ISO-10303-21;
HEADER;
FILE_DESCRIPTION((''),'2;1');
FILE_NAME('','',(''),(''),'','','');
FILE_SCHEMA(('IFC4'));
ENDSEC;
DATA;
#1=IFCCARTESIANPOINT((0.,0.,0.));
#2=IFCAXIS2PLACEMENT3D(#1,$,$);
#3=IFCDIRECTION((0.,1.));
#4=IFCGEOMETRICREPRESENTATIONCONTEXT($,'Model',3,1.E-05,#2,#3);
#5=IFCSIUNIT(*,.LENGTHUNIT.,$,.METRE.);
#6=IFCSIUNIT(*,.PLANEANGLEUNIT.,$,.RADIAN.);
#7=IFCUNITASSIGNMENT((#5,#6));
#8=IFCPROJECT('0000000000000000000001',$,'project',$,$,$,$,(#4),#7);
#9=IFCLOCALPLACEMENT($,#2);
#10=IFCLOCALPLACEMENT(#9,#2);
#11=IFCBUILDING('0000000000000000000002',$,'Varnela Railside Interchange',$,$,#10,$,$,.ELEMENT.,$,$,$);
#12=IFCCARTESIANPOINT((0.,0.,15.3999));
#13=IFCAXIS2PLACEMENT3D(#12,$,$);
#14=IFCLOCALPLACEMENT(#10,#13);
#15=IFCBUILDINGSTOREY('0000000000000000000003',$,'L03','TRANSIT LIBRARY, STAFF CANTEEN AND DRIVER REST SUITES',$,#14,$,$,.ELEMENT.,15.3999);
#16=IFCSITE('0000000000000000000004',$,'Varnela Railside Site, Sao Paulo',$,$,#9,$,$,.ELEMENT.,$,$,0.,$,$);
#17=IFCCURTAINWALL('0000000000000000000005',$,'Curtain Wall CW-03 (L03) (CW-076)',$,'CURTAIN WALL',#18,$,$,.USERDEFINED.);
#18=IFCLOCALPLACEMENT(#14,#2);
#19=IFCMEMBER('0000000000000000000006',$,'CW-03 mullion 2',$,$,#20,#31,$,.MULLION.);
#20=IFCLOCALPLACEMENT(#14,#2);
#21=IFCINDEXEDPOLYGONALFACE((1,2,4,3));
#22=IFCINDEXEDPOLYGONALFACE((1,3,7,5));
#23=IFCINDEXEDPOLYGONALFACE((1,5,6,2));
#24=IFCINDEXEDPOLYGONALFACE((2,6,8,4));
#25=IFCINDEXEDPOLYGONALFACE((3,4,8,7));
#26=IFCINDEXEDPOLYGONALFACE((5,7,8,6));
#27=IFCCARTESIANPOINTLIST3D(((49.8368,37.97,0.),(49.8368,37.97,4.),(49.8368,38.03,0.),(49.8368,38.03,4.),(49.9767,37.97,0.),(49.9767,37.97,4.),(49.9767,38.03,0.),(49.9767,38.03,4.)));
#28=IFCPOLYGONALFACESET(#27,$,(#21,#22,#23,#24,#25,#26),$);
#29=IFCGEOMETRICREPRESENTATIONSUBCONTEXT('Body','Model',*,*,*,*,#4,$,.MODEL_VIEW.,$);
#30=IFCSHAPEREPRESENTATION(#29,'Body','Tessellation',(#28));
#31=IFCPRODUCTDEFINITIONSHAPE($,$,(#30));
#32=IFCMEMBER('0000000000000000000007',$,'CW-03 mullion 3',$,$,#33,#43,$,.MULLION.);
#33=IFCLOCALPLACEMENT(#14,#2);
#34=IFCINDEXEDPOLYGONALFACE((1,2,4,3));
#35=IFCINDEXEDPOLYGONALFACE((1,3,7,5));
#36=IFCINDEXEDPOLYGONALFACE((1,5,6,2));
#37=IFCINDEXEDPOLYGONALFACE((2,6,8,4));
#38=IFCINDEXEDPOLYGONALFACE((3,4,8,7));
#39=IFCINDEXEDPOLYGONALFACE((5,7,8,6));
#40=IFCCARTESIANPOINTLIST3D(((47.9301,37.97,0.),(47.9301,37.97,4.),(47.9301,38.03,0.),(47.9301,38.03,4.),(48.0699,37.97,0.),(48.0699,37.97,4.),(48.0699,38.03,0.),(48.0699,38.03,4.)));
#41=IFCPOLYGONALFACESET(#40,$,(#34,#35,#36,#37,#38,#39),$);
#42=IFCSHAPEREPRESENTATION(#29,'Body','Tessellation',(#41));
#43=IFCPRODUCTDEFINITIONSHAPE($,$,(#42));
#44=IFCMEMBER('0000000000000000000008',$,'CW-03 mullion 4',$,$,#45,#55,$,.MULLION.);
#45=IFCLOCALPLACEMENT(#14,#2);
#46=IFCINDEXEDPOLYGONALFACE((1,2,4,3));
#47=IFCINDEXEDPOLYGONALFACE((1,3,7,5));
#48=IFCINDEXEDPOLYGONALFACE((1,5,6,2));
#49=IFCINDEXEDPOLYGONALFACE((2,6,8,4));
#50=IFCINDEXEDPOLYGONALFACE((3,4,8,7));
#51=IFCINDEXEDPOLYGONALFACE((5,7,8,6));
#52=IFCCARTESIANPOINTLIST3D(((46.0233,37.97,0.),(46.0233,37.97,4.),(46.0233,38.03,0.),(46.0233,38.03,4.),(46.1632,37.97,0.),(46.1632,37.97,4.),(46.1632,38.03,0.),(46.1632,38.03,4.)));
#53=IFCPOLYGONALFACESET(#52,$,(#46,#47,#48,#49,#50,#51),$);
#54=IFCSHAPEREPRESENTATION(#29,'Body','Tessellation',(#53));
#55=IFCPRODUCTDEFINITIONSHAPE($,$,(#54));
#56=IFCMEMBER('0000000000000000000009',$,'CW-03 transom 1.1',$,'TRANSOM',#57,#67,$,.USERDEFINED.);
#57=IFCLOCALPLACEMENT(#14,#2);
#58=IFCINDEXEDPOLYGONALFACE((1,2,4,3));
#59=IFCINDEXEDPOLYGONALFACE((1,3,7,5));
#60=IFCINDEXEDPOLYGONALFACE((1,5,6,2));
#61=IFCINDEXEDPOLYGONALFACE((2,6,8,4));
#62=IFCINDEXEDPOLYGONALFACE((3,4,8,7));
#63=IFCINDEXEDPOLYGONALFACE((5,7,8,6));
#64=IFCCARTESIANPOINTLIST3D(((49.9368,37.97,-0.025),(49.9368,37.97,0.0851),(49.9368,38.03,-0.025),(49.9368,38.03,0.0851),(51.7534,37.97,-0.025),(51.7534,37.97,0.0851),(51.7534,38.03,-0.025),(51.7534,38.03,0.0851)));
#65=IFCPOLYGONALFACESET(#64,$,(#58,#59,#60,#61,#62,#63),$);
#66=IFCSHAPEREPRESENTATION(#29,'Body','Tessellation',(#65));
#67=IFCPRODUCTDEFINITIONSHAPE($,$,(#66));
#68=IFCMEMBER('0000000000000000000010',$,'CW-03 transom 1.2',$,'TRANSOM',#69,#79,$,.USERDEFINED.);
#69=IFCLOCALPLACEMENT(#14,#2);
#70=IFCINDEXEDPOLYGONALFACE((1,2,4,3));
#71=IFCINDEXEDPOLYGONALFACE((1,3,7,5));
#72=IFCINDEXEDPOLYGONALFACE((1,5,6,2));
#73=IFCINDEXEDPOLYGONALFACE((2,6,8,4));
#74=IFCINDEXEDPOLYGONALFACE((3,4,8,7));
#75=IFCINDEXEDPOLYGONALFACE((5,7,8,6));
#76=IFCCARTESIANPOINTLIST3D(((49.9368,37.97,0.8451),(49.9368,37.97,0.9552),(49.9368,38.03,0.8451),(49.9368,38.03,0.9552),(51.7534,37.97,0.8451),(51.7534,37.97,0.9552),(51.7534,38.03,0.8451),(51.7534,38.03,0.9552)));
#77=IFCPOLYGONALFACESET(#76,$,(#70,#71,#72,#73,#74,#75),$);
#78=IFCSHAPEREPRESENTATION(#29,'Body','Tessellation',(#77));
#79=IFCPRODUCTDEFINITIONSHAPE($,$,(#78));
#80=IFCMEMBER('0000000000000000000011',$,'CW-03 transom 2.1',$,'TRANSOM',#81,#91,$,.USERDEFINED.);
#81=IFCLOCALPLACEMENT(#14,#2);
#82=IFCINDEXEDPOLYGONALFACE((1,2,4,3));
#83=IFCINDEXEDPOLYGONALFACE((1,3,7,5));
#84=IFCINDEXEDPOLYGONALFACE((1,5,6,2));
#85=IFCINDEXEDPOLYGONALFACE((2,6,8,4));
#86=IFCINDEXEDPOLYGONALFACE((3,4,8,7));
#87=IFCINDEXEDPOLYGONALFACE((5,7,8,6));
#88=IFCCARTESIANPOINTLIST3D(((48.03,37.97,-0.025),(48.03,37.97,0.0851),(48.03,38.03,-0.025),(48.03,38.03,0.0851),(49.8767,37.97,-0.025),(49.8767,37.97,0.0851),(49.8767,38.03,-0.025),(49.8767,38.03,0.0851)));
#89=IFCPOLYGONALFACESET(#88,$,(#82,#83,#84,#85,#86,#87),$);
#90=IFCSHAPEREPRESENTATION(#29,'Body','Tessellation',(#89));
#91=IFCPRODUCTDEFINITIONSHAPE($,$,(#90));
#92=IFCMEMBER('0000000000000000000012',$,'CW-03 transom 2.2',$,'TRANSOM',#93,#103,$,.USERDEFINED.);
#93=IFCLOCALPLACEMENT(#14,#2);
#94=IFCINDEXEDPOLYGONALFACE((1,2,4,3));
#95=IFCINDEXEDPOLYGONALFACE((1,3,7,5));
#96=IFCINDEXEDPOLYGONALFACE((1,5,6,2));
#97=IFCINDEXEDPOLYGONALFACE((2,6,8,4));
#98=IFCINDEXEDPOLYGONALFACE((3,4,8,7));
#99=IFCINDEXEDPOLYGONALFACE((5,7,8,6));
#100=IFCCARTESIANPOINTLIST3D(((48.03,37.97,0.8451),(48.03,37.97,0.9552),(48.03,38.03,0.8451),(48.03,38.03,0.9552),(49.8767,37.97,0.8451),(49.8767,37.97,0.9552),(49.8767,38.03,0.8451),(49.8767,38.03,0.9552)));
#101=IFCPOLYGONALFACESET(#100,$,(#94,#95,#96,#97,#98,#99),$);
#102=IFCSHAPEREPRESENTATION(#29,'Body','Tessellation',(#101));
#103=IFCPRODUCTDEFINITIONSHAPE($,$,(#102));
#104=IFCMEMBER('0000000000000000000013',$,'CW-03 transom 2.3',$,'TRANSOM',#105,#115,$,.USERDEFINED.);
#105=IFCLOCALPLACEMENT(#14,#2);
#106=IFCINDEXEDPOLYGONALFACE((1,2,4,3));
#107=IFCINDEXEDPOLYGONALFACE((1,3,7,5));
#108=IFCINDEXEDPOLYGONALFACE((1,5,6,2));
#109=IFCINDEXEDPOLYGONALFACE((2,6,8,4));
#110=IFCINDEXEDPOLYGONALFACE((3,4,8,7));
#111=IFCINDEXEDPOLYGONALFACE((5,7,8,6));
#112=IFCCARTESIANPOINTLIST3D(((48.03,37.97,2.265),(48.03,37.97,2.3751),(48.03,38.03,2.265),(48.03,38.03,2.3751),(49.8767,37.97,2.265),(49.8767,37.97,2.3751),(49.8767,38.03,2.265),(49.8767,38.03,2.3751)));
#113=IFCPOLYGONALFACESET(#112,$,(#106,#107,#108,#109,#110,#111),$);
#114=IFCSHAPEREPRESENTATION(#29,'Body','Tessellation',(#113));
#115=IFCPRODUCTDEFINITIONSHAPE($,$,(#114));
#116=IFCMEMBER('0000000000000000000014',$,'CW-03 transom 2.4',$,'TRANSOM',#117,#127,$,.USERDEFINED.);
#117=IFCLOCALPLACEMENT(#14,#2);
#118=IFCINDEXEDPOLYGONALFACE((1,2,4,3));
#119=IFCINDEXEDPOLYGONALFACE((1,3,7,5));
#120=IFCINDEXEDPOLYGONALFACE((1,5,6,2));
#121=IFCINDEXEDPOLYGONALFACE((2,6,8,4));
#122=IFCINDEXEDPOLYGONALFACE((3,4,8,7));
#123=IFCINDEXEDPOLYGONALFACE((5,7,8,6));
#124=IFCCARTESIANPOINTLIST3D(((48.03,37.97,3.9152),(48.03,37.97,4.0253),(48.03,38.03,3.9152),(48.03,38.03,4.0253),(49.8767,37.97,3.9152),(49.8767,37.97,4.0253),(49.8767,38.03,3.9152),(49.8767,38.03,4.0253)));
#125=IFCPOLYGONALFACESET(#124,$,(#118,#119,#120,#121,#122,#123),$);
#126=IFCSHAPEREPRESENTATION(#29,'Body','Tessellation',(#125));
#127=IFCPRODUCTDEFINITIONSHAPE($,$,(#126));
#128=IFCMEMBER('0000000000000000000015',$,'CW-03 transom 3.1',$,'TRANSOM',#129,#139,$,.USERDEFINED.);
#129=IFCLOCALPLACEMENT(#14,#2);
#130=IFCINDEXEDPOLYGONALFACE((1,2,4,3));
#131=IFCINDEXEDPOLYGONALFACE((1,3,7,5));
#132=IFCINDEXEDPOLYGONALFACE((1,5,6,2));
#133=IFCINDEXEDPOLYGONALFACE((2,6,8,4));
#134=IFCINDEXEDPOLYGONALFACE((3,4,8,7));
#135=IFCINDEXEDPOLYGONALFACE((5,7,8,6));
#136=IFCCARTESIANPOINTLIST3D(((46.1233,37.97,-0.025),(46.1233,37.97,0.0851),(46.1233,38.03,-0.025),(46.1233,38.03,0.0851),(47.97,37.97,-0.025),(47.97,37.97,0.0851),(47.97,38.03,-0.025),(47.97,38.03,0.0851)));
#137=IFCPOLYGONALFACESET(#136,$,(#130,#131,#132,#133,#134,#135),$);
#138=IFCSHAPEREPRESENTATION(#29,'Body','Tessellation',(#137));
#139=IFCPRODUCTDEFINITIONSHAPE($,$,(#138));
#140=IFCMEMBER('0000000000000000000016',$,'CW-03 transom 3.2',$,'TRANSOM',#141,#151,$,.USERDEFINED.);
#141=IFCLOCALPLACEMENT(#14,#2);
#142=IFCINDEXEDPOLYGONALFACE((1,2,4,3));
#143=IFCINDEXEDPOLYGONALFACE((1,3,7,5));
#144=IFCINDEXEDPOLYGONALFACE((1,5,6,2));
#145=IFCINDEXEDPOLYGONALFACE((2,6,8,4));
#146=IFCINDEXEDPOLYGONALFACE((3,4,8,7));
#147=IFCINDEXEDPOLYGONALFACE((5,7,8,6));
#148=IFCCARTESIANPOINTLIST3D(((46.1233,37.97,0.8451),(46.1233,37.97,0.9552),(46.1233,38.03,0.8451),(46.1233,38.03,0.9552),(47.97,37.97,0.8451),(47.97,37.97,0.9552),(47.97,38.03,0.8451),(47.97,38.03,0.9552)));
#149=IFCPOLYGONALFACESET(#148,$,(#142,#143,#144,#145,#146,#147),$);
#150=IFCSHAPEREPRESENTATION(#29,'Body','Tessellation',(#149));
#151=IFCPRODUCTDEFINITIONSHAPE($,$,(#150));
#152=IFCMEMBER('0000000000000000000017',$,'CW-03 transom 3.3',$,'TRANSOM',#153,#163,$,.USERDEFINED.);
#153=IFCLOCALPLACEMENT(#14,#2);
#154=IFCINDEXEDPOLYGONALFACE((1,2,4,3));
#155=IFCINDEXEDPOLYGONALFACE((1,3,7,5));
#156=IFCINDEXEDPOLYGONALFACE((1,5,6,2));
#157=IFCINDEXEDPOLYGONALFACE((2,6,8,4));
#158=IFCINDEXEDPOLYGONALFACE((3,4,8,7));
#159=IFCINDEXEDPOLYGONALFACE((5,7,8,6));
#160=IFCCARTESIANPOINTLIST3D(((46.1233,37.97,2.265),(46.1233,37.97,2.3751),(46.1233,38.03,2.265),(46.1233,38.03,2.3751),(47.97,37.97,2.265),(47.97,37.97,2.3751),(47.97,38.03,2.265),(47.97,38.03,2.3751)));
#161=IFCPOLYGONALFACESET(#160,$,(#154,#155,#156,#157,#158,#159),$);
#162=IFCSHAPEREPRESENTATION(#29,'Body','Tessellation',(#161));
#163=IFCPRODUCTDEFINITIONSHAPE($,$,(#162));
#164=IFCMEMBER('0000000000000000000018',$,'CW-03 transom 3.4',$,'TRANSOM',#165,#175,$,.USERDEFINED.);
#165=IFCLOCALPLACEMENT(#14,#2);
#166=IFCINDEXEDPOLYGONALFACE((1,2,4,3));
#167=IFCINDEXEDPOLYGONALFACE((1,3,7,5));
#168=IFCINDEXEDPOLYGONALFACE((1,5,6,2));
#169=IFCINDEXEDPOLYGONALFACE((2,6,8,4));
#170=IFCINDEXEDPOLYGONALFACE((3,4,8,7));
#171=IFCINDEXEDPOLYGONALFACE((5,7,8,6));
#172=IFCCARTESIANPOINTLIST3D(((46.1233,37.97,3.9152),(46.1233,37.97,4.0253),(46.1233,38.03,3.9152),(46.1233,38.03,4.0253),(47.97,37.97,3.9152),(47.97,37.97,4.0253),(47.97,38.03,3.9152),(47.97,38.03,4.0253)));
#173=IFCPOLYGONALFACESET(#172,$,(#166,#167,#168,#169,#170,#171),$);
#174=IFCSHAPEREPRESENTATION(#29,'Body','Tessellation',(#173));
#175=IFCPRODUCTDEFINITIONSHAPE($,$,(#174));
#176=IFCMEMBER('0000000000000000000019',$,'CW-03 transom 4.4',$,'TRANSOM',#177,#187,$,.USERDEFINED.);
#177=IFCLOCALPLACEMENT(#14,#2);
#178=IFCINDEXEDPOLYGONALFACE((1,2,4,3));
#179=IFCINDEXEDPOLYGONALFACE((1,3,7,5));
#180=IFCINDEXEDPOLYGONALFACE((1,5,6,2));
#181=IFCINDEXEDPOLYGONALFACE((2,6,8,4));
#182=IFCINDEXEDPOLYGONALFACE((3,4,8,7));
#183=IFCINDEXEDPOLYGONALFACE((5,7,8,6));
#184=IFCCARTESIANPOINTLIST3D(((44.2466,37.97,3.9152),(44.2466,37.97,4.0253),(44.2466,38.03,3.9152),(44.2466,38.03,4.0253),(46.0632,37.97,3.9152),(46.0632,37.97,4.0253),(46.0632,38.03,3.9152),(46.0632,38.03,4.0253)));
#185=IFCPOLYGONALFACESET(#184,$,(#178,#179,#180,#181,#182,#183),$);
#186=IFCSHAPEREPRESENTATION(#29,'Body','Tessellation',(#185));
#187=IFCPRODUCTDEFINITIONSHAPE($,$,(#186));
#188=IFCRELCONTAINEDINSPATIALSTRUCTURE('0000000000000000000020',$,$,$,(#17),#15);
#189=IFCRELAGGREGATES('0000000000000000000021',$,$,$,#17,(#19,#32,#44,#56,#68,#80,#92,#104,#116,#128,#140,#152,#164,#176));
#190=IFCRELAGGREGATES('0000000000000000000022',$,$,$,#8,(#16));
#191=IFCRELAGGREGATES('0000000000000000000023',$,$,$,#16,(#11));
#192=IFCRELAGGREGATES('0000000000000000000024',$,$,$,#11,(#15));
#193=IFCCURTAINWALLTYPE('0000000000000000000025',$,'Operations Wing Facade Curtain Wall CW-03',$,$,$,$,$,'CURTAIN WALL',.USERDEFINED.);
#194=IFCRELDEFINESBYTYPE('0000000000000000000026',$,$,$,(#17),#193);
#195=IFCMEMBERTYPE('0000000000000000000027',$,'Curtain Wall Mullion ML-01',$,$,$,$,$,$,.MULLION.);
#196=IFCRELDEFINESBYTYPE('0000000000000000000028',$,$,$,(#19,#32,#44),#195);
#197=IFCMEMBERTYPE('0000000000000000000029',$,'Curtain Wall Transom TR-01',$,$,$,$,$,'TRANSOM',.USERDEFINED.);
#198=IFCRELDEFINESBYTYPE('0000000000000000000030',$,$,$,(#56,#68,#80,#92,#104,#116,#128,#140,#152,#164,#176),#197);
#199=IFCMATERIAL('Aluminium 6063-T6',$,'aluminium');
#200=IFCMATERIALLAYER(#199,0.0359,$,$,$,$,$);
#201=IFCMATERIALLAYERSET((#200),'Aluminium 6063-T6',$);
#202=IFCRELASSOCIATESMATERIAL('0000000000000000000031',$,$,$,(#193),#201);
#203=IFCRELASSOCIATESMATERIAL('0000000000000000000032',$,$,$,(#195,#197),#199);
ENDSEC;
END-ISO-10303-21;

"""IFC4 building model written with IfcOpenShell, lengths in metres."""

from ifc_helpers import new_model, si_unit, direction, frame, origin, origin_2d, place, context, subcontext, project, spatial, rectangle, extrude, material, layer, layer_set, material_profile, profile_set, type_object, element, aggregate, save


model = new_model("IFC4")

# Units and contexts
model_context = context("Model", 3, precision=1e-05, world=origin(), true_north=direction((0.0, 1.0)))
body_context = subcontext(model_context, "Body", "Model", "MODEL_VIEW")
ifc_project = project(units=[si_unit("LENGTHUNIT", "METRE"), si_unit("PLANEANGLEUNIT", "RADIAN")], contexts=[model_context])

# Site, building, storey
site_placement = place(None, origin())
site = spatial("IfcSite", under=ifc_project, at=site_placement, Name="Varnela Railside Site, Sao Paulo", CompositionType="ELEMENT", RefElevation=0.0)
building_placement = place(site_placement, origin())
building = spatial("IfcBuilding", under=site, at=building_placement, Name="Varnela Railside Interchange", CompositionType="ELEMENT")
storey_placement = place(building_placement, frame((0.0, 0.0, 15.3999)))
storey = spatial("IfcBuildingStorey", under=building, at=storey_placement, Name="L03", Description="TRANSIT LIBRARY, STAFF CANTEEN AND DRIVER REST SUITES", CompositionType="ELEMENT", Elevation=15.3999)

# Curtain wall, members
ifc_material_1 = material(Name="Aluminium 6063-T6", Category="aluminium")
ifc_layer_1 = layer(ifc_material_1, 0.0359)
ifc_layer_set_1 = layer_set([ifc_layer_1], Name="Aluminium 6063-T6")
curtain_wall_type = type_object("IfcCurtainWallType", Name="Operations Wing Facade Curtain Wall CW-03", ElementType="CURTAIN WALL", PredefinedType="USERDEFINED", material=ifc_layer_set_1)
curtain_wall_placement = place(storey_placement, origin())
curtain_wall = element("IfcCurtainWall", 1, at=curtain_wall_placement, inside=storey, type_object=curtain_wall_type, Name="Curtain Wall CW-03 (L03) (CW-076)", ObjectType="CURTAIN WALL", PredefinedType="USERDEFINED")
ifc_material_profile_1 = material_profile(ifc_material_1, rectangle(XDim=0.0601, YDim=0.1399, at=origin_2d()), Name="ALU 60x140")
ifc_profile_set_1 = profile_set([ifc_material_profile_1], Name="Aluminium 6063-T6")
member_type_1 = type_object("IfcMemberType", Name="Curtain Wall Mullion ML-01", PredefinedType="MULLION", material=ifc_profile_set_1)
member_1_placement = place(storey_placement, frame((49.9067, 38.0, 0.0), z_axis=(0.0, 0.0, 1.0), x_axis=(0.0, -1.0, 0.0)))
member_1 = element("IfcMember", 2, at=member_1_placement, type_object=member_type_1, Name="CW-03 mullion 2", PredefinedType="MULLION", context=body_context, shape_type="SweptSolid", body=[
    extrude(rectangle(XDim=0.0601, YDim=0.1399, at=origin_2d()), origin(), (0.0, 0.0, 1.0), 4.0),
])
member_2_placement = place(storey_placement, frame((48.0, 38.0, 0.0), z_axis=(0.0, 0.0, 1.0), x_axis=(0.0, -1.0, 0.0)))
member_2 = element("IfcMember", 3, at=member_2_placement, type_object=member_type_1, Name="CW-03 mullion 3", PredefinedType="MULLION", context=body_context, shape_type="SweptSolid", body=[
    extrude(rectangle(XDim=0.0601, YDim=0.1399, at=origin_2d()), origin(), (0.0, 0.0, 1.0), 4.0),
])
member_3_placement = place(storey_placement, frame((46.0933, 38.0, 0.0), z_axis=(0.0, 0.0, 1.0), x_axis=(0.0, -1.0, 0.0)))
member_3 = element("IfcMember", 4, at=member_3_placement, type_object=member_type_1, Name="CW-03 mullion 4", PredefinedType="MULLION", context=body_context, shape_type="SweptSolid", body=[
    extrude(rectangle(XDim=0.0601, YDim=0.1399, at=origin_2d()), origin(), (0.0, 0.0, 1.0), 4.0),
])
ifc_material_profile_2 = material_profile(ifc_material_1, rectangle(XDim=0.0601, YDim=0.1101, at=origin_2d()), Name="ALU 60x110")
ifc_profile_set_2 = profile_set([ifc_material_profile_2], Name="Aluminium 6063-T6")
member_type_2 = type_object("IfcMemberType", Name="Curtain Wall Transom TR-01", ElementType="TRANSOM", PredefinedType="USERDEFINED", material=ifc_profile_set_2)
member_4_placement = place(storey_placement, frame((51.7534, 38.0, 0.03), z_axis=(-1.0, 0.0, 0.0), x_axis=(0.0, -1.0, 0.0)))
member_4 = element("IfcMember", 5, at=member_4_placement, type_object=member_type_2, Name="CW-03 transom 1.1", ObjectType="TRANSOM", PredefinedType="USERDEFINED", context=body_context, shape_type="SweptSolid", body=[
    extrude(rectangle(XDim=0.0601, YDim=0.1101, at=origin_2d()), origin(), (0.0, 0.0, 1.0), 1.8167),
])
member_5_placement = place(storey_placement, frame((51.7534, 38.0, 0.9001), z_axis=(-1.0, 0.0, 0.0), x_axis=(0.0, -1.0, 0.0)))
member_5 = element("IfcMember", 6, at=member_5_placement, type_object=member_type_2, Name="CW-03 transom 1.2", ObjectType="TRANSOM", PredefinedType="USERDEFINED", context=body_context, shape_type="SweptSolid", body=[
    extrude(rectangle(XDim=0.0601, YDim=0.1101, at=origin_2d()), origin(), (0.0, 0.0, 1.0), 1.8167),
])
member_6_placement = place(storey_placement, frame((49.8767, 38.0, 0.03), z_axis=(-1.0, 0.0, 0.0), x_axis=(0.0, -1.0, 0.0)))
member_6 = element("IfcMember", 7, at=member_6_placement, type_object=member_type_2, Name="CW-03 transom 2.1", ObjectType="TRANSOM", PredefinedType="USERDEFINED", context=body_context, shape_type="SweptSolid", body=[
    extrude(rectangle(XDim=0.0601, YDim=0.1101, at=origin_2d()), origin(), (0.0, 0.0, 1.0), 1.8467),
])
member_7_placement = place(storey_placement, frame((49.8767, 38.0, 0.9001), z_axis=(-1.0, 0.0, 0.0), x_axis=(0.0, -1.0, 0.0)))
member_7 = element("IfcMember", 8, at=member_7_placement, type_object=member_type_2, Name="CW-03 transom 2.2", ObjectType="TRANSOM", PredefinedType="USERDEFINED", context=body_context, shape_type="SweptSolid", body=[
    extrude(rectangle(XDim=0.0601, YDim=0.1101, at=origin_2d()), origin(), (0.0, 0.0, 1.0), 1.8467),
])
member_8_placement = place(storey_placement, frame((49.8767, 38.0, 2.3201), z_axis=(-1.0, 0.0, 0.0), x_axis=(0.0, -1.0, 0.0)))
member_8 = element("IfcMember", 9, at=member_8_placement, type_object=member_type_2, Name="CW-03 transom 2.3", ObjectType="TRANSOM", PredefinedType="USERDEFINED", context=body_context, shape_type="SweptSolid", body=[
    extrude(rectangle(XDim=0.0601, YDim=0.1101, at=origin_2d()), origin(), (0.0, 0.0, 1.0), 1.8467),
])
member_9_placement = place(storey_placement, frame((49.8767, 38.0, 3.9702), z_axis=(-1.0, 0.0, 0.0), x_axis=(0.0, -1.0, 0.0)))
member_9 = element("IfcMember", 10, at=member_9_placement, type_object=member_type_2, Name="CW-03 transom 2.4", ObjectType="TRANSOM", PredefinedType="USERDEFINED", context=body_context, shape_type="SweptSolid", body=[
    extrude(rectangle(XDim=0.0601, YDim=0.1101, at=origin_2d()), origin(), (0.0, 0.0, 1.0), 1.8467),
])
member_10_placement = place(storey_placement, frame((47.97, 38.0, 0.03), z_axis=(-1.0, 0.0, 0.0), x_axis=(0.0, -1.0, 0.0)))
member_10 = element("IfcMember", 11, at=member_10_placement, type_object=member_type_2, Name="CW-03 transom 3.1", ObjectType="TRANSOM", PredefinedType="USERDEFINED", context=body_context, shape_type="SweptSolid", body=[
    extrude(rectangle(XDim=0.0601, YDim=0.1101, at=origin_2d()), origin(), (0.0, 0.0, 1.0), 1.8467),
])
member_11_placement = place(storey_placement, frame((47.97, 38.0, 0.9001), z_axis=(-1.0, 0.0, 0.0), x_axis=(0.0, -1.0, 0.0)))
member_11 = element("IfcMember", 12, at=member_11_placement, type_object=member_type_2, Name="CW-03 transom 3.2", ObjectType="TRANSOM", PredefinedType="USERDEFINED", context=body_context, shape_type="SweptSolid", body=[
    extrude(rectangle(XDim=0.0601, YDim=0.1101, at=origin_2d()), origin(), (0.0, 0.0, 1.0), 1.8467),
])
member_12_placement = place(storey_placement, frame((47.97, 38.0, 2.3201), z_axis=(-1.0, 0.0, 0.0), x_axis=(0.0, -1.0, 0.0)))
member_12 = element("IfcMember", 13, at=member_12_placement, type_object=member_type_2, Name="CW-03 transom 3.3", ObjectType="TRANSOM", PredefinedType="USERDEFINED", context=body_context, shape_type="SweptSolid", body=[
    extrude(rectangle(XDim=0.0601, YDim=0.1101, at=origin_2d()), origin(), (0.0, 0.0, 1.0), 1.8467),
])
member_13_placement = place(storey_placement, frame((47.97, 38.0, 3.9702), z_axis=(-1.0, 0.0, 0.0), x_axis=(0.0, -1.0, 0.0)))
member_13 = element("IfcMember", 14, at=member_13_placement, type_object=member_type_2, Name="CW-03 transom 3.4", ObjectType="TRANSOM", PredefinedType="USERDEFINED", context=body_context, shape_type="SweptSolid", body=[
    extrude(rectangle(XDim=0.0601, YDim=0.1101, at=origin_2d()), origin(), (0.0, 0.0, 1.0), 1.8467),
])
member_14_placement = place(storey_placement, frame((46.0632, 38.0, 3.9702), z_axis=(-1.0, 0.0, 0.0), x_axis=(0.0, -1.0, 0.0)))
member_14 = element("IfcMember", 15, at=member_14_placement, type_object=member_type_2, Name="CW-03 transom 4.4", ObjectType="TRANSOM", PredefinedType="USERDEFINED", context=body_context, shape_type="SweptSolid", body=[
    extrude(rectangle(XDim=0.0601, YDim=0.1101, at=origin_2d()), origin(), (0.0, 0.0, 1.0), 1.8167),
])
aggregate(curtain_wall, [member_1, member_2, member_3, member_4, member_5, member_6, member_7, member_8, member_9, member_10, member_11, member_12, member_13, member_14])

save(model, "model.ifc")
